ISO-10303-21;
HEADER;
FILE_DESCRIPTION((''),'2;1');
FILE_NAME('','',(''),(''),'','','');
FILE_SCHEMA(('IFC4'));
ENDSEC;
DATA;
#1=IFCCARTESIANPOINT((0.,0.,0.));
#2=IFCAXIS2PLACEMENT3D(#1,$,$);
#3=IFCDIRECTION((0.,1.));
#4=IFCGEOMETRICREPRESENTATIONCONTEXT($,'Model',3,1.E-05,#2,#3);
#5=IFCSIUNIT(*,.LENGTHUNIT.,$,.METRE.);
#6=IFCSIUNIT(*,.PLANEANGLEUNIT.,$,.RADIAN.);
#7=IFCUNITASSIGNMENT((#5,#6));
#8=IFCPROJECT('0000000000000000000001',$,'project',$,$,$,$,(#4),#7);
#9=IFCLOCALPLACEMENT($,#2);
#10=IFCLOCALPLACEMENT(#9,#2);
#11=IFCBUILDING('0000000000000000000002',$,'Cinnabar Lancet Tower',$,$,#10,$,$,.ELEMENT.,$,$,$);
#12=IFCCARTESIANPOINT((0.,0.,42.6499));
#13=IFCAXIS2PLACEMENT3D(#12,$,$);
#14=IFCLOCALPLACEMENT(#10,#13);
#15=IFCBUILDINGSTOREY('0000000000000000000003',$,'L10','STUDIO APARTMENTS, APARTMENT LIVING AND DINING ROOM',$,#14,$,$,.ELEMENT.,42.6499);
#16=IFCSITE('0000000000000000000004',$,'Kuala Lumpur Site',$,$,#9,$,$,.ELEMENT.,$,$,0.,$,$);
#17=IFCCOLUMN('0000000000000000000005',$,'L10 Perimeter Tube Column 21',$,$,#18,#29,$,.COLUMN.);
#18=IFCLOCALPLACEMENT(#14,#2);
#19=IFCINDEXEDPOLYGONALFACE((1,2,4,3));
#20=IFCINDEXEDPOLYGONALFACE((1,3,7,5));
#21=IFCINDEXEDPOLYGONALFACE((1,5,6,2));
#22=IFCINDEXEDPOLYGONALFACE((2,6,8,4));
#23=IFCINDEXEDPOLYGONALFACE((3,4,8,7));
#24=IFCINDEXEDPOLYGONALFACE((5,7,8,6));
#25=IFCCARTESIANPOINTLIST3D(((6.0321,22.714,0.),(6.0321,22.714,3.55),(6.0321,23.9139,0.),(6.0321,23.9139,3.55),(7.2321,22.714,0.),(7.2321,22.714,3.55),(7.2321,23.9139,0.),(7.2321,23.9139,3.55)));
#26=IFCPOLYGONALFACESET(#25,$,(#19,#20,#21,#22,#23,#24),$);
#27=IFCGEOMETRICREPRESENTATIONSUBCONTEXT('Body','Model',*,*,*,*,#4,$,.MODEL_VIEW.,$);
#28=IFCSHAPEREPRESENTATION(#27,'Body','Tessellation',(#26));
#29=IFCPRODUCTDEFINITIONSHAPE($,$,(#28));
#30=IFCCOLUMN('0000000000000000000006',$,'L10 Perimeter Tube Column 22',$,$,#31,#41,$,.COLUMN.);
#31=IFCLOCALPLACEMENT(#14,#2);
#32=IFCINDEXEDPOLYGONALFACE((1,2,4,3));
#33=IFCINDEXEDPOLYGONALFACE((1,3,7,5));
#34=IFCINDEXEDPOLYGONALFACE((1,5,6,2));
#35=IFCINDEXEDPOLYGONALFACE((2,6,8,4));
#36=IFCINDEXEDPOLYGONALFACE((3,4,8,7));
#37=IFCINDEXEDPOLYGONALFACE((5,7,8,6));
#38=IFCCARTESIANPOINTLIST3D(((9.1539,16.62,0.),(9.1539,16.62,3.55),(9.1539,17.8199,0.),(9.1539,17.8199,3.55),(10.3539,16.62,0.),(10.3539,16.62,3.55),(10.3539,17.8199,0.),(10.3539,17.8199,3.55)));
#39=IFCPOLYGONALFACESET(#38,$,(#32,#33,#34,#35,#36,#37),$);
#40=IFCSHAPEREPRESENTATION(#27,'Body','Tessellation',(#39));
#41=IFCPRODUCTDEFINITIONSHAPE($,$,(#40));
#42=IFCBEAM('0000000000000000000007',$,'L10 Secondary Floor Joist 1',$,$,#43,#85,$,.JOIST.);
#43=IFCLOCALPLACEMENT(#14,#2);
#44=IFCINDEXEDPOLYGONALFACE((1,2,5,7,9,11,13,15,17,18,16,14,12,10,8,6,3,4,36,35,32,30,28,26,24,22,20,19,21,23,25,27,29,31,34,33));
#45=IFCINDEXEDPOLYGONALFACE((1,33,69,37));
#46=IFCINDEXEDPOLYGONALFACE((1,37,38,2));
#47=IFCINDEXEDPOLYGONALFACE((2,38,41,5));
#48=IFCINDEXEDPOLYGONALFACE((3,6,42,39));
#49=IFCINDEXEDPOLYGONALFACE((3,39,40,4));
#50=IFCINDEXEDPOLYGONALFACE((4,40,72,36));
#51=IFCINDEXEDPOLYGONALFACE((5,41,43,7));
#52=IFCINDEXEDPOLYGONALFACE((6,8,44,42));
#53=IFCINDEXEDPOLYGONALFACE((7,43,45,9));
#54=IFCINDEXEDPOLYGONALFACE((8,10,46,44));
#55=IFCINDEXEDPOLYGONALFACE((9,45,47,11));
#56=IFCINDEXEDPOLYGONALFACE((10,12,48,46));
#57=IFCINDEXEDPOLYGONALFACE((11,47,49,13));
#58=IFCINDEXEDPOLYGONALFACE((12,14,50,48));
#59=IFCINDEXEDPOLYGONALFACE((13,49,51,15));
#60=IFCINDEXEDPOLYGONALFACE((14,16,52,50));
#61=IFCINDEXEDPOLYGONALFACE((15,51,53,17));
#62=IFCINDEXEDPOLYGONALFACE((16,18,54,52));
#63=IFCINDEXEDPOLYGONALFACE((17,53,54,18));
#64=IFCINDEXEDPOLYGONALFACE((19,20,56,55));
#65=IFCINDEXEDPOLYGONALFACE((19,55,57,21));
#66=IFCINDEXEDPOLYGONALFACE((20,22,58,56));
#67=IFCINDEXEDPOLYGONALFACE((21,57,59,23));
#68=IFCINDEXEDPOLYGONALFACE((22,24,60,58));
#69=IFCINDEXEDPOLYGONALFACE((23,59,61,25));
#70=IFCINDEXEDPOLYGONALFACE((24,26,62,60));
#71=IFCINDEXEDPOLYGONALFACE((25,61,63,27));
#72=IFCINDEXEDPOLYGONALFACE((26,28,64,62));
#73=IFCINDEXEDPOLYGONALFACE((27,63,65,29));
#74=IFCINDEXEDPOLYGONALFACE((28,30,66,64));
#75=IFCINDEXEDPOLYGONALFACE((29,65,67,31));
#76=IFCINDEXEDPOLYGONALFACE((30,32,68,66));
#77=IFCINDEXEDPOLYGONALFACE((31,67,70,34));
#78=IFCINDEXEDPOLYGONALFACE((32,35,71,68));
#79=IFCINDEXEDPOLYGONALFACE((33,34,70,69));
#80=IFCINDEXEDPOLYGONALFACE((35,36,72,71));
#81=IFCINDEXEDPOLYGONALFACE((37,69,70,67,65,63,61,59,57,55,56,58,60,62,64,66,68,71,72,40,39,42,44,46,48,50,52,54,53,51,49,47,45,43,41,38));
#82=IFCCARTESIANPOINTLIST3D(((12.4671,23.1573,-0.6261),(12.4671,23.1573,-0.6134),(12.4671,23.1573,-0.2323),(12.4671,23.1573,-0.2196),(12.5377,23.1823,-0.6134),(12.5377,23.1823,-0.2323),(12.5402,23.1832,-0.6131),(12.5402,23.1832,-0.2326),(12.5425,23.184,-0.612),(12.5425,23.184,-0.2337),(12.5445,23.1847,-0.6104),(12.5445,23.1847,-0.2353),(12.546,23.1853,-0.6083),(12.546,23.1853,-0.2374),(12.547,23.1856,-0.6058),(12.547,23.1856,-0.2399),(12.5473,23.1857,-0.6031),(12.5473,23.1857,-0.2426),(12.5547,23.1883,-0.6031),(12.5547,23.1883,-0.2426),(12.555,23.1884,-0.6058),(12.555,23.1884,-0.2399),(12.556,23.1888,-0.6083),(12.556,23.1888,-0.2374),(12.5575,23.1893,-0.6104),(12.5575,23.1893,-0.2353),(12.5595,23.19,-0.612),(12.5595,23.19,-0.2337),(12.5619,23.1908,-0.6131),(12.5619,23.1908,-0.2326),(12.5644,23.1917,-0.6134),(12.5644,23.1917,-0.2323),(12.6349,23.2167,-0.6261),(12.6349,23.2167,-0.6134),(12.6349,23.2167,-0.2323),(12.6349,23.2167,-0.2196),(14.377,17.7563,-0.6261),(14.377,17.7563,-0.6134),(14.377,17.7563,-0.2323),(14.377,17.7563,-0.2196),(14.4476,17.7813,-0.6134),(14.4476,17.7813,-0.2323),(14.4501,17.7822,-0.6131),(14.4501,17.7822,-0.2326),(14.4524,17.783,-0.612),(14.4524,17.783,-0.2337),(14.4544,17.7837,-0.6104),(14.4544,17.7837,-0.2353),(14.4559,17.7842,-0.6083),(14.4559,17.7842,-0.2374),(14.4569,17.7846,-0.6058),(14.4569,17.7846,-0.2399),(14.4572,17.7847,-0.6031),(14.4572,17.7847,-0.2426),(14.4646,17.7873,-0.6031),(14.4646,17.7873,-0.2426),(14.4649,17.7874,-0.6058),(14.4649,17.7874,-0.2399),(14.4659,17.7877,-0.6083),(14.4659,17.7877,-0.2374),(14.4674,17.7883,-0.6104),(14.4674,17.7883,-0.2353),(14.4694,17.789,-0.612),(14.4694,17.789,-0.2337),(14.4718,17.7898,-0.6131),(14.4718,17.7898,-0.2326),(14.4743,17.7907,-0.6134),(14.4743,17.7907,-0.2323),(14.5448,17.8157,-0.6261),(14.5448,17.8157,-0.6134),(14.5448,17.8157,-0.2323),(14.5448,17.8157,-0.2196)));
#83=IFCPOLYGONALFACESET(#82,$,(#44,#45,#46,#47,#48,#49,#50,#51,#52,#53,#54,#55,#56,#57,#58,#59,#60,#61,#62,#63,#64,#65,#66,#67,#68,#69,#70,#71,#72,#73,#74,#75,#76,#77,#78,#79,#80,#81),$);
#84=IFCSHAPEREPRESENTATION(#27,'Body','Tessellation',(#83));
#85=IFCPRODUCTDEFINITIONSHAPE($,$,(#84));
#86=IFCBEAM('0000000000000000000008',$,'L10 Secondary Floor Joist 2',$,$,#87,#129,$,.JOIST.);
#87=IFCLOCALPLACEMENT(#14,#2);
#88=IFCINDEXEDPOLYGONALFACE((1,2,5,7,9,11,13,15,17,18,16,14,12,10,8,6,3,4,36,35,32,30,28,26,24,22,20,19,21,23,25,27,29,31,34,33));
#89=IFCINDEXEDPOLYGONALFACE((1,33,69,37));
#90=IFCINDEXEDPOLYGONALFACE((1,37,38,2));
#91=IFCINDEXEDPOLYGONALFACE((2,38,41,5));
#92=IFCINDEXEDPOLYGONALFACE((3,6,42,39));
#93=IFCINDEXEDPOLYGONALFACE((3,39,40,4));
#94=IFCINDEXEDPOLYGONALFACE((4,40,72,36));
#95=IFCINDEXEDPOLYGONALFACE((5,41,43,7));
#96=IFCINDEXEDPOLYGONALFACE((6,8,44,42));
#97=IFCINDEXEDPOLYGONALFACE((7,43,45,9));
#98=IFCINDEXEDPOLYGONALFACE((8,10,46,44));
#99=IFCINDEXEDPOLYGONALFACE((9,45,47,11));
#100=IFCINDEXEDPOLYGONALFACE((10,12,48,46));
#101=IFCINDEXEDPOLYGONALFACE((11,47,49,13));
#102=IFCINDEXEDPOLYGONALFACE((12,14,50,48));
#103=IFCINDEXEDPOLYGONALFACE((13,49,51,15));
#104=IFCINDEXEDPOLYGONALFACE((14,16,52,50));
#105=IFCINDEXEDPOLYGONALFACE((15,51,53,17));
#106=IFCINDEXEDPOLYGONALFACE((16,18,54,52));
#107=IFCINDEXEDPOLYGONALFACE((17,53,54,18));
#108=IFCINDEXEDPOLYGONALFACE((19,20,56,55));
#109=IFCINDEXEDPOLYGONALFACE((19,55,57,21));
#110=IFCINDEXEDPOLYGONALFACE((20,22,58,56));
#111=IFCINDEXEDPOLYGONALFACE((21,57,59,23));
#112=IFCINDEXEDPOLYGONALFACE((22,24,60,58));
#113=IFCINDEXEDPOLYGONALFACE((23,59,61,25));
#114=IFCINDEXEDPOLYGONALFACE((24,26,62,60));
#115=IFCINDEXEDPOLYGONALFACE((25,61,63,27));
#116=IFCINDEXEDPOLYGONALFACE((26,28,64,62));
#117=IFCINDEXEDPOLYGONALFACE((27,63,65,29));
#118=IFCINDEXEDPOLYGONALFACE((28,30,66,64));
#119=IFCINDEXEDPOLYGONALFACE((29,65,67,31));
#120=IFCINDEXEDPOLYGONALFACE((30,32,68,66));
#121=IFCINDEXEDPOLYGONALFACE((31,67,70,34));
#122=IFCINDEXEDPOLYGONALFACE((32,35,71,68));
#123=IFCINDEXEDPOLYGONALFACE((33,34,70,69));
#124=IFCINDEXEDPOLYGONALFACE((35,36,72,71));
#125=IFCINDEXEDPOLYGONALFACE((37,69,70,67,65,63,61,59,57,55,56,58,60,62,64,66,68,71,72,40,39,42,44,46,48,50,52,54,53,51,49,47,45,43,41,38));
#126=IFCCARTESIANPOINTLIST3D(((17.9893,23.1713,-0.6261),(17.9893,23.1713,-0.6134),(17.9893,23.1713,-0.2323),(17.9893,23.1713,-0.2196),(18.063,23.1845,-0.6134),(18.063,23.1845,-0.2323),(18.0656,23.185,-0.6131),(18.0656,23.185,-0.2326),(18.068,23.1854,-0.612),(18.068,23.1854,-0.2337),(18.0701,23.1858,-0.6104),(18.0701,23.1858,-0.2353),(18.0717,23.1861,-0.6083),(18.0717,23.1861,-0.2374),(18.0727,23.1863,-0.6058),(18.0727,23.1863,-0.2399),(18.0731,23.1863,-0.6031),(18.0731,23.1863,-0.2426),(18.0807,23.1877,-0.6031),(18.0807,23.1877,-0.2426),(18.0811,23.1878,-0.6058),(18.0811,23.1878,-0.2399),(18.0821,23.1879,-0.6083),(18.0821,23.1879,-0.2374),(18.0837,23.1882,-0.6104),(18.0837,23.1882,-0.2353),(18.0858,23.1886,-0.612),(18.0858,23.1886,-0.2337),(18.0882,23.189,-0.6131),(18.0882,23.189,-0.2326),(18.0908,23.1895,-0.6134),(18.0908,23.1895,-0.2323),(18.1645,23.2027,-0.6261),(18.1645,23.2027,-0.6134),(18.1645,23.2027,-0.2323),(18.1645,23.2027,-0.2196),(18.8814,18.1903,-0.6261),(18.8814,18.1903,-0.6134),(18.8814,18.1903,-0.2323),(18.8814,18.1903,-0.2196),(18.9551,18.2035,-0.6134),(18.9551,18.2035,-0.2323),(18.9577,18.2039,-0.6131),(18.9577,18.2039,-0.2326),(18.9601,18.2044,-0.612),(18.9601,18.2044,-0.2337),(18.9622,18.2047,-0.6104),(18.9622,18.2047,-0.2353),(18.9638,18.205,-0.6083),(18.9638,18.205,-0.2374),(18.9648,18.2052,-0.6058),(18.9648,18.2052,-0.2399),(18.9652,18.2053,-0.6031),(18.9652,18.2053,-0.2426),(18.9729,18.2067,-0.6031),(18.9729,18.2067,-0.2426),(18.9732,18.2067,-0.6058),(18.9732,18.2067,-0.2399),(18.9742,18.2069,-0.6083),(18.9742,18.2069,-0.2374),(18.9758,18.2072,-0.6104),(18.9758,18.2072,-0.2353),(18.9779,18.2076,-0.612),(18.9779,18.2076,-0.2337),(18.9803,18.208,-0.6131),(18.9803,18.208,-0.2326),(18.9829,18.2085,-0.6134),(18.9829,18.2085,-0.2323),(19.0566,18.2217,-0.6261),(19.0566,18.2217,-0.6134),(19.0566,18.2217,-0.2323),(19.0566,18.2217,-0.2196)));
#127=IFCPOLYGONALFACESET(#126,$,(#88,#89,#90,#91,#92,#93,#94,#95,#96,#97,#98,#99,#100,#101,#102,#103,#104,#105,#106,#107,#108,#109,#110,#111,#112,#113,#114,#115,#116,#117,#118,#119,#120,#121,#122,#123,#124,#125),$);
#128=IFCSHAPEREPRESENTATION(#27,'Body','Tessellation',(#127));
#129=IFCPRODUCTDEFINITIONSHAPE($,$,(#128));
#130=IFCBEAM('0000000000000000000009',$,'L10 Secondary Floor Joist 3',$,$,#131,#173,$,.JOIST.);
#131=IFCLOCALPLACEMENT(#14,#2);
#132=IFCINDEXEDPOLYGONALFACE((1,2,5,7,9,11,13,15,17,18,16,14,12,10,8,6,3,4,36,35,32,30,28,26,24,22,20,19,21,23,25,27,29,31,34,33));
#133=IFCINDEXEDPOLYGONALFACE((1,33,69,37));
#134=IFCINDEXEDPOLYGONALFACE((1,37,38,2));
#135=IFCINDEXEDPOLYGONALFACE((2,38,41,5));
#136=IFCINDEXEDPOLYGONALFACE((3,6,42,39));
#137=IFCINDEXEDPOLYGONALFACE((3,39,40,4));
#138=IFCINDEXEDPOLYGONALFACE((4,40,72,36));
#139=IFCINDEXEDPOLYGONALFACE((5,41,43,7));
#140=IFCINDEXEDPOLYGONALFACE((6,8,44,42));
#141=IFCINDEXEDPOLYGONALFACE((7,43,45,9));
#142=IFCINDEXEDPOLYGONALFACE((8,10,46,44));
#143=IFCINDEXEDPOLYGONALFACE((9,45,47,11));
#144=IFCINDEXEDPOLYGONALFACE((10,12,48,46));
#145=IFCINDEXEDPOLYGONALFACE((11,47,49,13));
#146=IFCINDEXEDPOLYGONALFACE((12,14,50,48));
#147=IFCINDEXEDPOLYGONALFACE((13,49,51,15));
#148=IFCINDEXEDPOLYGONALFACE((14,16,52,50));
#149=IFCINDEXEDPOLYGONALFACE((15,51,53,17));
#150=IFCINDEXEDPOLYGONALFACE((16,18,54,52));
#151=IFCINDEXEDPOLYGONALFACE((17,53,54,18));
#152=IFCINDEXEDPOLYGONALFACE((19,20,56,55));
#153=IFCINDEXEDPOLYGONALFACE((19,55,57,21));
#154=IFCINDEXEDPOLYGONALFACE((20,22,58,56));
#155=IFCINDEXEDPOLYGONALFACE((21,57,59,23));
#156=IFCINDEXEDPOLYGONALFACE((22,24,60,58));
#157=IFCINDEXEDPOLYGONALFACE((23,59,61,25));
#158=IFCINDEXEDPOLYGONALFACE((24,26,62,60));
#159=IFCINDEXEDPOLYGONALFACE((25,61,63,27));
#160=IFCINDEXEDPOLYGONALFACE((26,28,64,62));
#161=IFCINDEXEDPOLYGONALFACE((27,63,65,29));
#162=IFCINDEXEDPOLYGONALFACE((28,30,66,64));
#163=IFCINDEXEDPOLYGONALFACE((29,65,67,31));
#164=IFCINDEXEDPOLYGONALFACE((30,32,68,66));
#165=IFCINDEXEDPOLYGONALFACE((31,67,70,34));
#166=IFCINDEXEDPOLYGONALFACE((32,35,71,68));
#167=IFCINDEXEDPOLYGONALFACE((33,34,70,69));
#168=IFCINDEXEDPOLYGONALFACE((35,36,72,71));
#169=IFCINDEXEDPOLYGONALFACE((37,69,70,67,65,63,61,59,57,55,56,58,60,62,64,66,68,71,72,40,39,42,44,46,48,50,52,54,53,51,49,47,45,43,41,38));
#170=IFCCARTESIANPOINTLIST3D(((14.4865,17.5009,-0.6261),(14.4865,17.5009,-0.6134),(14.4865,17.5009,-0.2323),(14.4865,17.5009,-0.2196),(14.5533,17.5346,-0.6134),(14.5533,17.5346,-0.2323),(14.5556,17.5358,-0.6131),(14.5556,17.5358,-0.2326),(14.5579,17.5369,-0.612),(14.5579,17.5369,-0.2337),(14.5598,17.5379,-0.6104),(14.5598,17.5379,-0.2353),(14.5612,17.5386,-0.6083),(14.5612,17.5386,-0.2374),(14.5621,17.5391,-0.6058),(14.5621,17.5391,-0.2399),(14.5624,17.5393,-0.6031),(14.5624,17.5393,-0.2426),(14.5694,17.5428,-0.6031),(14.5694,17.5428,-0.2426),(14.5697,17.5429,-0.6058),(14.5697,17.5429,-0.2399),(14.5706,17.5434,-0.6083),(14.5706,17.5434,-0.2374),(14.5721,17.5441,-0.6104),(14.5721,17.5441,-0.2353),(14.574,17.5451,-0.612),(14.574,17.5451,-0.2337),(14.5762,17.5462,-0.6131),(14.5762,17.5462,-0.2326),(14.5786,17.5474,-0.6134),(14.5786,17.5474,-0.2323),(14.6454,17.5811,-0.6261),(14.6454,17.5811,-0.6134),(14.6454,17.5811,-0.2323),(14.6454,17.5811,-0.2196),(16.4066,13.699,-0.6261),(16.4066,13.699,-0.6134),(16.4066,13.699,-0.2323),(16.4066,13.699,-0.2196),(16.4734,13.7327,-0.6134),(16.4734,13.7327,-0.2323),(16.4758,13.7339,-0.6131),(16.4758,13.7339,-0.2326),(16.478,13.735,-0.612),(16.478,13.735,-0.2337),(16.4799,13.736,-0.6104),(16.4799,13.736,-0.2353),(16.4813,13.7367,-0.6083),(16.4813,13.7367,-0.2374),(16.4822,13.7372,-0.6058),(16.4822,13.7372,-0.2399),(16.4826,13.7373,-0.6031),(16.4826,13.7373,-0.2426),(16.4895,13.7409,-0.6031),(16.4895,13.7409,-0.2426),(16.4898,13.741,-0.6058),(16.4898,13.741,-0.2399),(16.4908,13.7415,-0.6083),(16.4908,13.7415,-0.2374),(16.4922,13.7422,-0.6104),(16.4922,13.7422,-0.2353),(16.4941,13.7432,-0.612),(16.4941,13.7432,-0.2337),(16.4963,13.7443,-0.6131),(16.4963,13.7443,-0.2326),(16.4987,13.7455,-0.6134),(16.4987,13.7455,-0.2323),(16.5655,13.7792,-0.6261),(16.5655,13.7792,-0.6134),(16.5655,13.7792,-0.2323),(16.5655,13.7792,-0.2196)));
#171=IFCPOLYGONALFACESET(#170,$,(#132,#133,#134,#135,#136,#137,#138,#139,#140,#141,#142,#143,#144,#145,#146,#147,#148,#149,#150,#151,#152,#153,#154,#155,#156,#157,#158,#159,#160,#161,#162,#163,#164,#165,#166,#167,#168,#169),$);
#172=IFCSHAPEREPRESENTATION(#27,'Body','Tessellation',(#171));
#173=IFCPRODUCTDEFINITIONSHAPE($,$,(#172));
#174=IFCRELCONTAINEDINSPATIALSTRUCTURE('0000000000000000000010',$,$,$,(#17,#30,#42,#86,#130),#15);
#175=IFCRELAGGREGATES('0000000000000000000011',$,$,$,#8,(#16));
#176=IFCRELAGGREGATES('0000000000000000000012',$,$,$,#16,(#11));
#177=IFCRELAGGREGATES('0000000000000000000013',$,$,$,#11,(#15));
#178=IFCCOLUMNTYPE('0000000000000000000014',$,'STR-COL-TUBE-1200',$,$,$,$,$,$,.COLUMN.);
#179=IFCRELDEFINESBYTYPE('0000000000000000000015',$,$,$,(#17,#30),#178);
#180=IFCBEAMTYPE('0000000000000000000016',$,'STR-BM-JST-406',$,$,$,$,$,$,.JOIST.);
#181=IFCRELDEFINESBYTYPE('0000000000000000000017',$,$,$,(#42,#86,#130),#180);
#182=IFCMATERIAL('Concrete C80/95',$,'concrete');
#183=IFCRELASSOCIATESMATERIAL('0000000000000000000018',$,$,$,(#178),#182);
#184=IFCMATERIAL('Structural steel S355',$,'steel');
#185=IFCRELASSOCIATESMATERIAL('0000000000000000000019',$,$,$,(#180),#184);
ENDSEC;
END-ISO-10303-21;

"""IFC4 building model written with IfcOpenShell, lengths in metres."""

from ifc_helpers import new_model, si_unit, direction, frame, origin, origin_2d, place, context, subcontext, project, spatial, rectangle, i_section, extrude, material, material_profile, profile_set, type_object, element, save


model = new_model("IFC4")

# Units and contexts
model_context = context("Model", 3, precision=1e-05, world=origin(), true_north=direction((0.0, 1.0)))
body_context = subcontext(model_context, "Body", "Model", "MODEL_VIEW")
ifc_project = project(units=[si_unit("LENGTHUNIT", "METRE"), si_unit("PLANEANGLEUNIT", "RADIAN")], contexts=[model_context])

# Site, building, storey
site_placement = place(None, origin())
site = spatial("IfcSite", under=ifc_project, at=site_placement, Name="Kuala Lumpur Site", CompositionType="ELEMENT", RefElevation=0.0)
building_placement = place(site_placement, origin())
building = spatial("IfcBuilding", under=site, at=building_placement, Name="Cinnabar Lancet Tower", CompositionType="ELEMENT")
storey_placement = place(building_placement, frame((0.0, 0.0, 42.6499)))
storey = spatial("IfcBuildingStorey", under=building, at=storey_placement, Name="L10", Description="STUDIO APARTMENTS, APARTMENT LIVING AND DINING ROOM", CompositionType="ELEMENT", Elevation=42.6499)

# Columns
ifc_material_1 = material(Name="Concrete C80/95", Category="concrete")
ifc_material_profile_1 = material_profile(ifc_material_1, rectangle(XDim=1.2, YDim=1.2, at=origin_2d()), Name="RC-COL 1200x1200")
ifc_profile_set_1 = profile_set([ifc_material_profile_1], Name="Concrete C80/95")
column_type = type_object("IfcColumnType", Name="STR-COL-TUBE-1200", PredefinedType="COLUMN", material=ifc_profile_set_1)
for number, where, z_axis, x_axis, name in (
    (1, (6.6321, 23.314, 0.0), (0.0, 0.0, 1.0), (1.0, 0.0, 0.0), "L10 Perimeter Tube Column 21"),
    (2, (9.7539, 17.22, 0.0), (0.0, 0.0, 1.0), (1.0, 0.0, 0.0), "L10 Perimeter Tube Column 22"),
):
    element("IfcColumn", number, at=place(storey_placement, frame(where, z_axis=z_axis, x_axis=x_axis)), inside=storey, type_object=column_type, Name=name, PredefinedType="COLUMN", context=body_context, shape_type="SweptSolid", body=[
        extrude(rectangle(XDim=1.2, YDim=1.2, at=origin_2d()), origin(), (0.0, 0.0, 1.0), 3.55),
    ])

# Beams
ifc_material_2 = material(Name="Structural steel S355", Category="steel")
ifc_material_profile_2 = material_profile(ifc_material_2, i_section(OverallWidth=0.178, OverallDepth=0.4065, WebThickness=0.0078, FlangeThickness=0.0127, FilletRadius=0.0103, at=origin_2d()), Name="UKB 406x178x60")
ifc_profile_set_2 = profile_set([ifc_material_profile_2], Name="Structural steel S355")
beam_type_1 = type_object("IfcBeamType", Name="STR-BM-JST-406", PredefinedType="JOIST", material=ifc_profile_set_2)
beam_1_placement = place(storey_placement, frame((12.551, 23.187, -0.4229), z_axis=(0.333384, -0.942791, 0.0), x_axis=(0.942791, 0.333384, 0.0)))
element("IfcBeam", 3, at=beam_1_placement, inside=storey, type_object=beam_type_1, Name="L10 Secondary Floor Joist 1", PredefinedType="JOIST", context=body_context, shape_type="SweptSolid", body=[
    extrude(i_section(OverallWidth=0.178, OverallDepth=0.4065, WebThickness=0.0078, FlangeThickness=0.0127, FilletRadius=0.0103, at=origin_2d()), origin(), (0.0, 0.0, 1.0), 5.7288),
])
beam_2_placement = place(storey_placement, frame((18.0769, 23.187, -0.4229), z_axis=(0.176295, -0.984337, 0.0), x_axis=(0.984337, 0.176295, 0.0)))
element("IfcBeam", 4, at=beam_2_placement, inside=storey, type_object=beam_type_1, Name="L10 Secondary Floor Joist 2", PredefinedType="JOIST", context=body_context, shape_type="SweptSolid", body=[
    extrude(i_section(OverallWidth=0.178, OverallDepth=0.4065, WebThickness=0.0078, FlangeThickness=0.0127, FilletRadius=0.0103, at=origin_2d()), origin(), (0.0, 0.0, 1.0), 5.0603),
])
beam_3_placement = place(storey_placement, frame((14.5659, 17.541, -0.4229), z_axis=(0.45081, -0.89262, 0.0), x_axis=(0.89262, 0.45081, 0.0)))
element("IfcBeam", 5, at=beam_3_placement, inside=storey, type_object=beam_type_1, Name="L10 Secondary Floor Joist 3", PredefinedType="JOIST", context=body_context, shape_type="SweptSolid", body=[
    extrude(i_section(OverallWidth=0.178, OverallDepth=0.4065, WebThickness=0.0078, FlangeThickness=0.0127, FilletRadius=0.0103, at=origin_2d()), origin(), (0.0, 0.0, 1.0), 4.2593),
])

save(model, "model.ifc")
